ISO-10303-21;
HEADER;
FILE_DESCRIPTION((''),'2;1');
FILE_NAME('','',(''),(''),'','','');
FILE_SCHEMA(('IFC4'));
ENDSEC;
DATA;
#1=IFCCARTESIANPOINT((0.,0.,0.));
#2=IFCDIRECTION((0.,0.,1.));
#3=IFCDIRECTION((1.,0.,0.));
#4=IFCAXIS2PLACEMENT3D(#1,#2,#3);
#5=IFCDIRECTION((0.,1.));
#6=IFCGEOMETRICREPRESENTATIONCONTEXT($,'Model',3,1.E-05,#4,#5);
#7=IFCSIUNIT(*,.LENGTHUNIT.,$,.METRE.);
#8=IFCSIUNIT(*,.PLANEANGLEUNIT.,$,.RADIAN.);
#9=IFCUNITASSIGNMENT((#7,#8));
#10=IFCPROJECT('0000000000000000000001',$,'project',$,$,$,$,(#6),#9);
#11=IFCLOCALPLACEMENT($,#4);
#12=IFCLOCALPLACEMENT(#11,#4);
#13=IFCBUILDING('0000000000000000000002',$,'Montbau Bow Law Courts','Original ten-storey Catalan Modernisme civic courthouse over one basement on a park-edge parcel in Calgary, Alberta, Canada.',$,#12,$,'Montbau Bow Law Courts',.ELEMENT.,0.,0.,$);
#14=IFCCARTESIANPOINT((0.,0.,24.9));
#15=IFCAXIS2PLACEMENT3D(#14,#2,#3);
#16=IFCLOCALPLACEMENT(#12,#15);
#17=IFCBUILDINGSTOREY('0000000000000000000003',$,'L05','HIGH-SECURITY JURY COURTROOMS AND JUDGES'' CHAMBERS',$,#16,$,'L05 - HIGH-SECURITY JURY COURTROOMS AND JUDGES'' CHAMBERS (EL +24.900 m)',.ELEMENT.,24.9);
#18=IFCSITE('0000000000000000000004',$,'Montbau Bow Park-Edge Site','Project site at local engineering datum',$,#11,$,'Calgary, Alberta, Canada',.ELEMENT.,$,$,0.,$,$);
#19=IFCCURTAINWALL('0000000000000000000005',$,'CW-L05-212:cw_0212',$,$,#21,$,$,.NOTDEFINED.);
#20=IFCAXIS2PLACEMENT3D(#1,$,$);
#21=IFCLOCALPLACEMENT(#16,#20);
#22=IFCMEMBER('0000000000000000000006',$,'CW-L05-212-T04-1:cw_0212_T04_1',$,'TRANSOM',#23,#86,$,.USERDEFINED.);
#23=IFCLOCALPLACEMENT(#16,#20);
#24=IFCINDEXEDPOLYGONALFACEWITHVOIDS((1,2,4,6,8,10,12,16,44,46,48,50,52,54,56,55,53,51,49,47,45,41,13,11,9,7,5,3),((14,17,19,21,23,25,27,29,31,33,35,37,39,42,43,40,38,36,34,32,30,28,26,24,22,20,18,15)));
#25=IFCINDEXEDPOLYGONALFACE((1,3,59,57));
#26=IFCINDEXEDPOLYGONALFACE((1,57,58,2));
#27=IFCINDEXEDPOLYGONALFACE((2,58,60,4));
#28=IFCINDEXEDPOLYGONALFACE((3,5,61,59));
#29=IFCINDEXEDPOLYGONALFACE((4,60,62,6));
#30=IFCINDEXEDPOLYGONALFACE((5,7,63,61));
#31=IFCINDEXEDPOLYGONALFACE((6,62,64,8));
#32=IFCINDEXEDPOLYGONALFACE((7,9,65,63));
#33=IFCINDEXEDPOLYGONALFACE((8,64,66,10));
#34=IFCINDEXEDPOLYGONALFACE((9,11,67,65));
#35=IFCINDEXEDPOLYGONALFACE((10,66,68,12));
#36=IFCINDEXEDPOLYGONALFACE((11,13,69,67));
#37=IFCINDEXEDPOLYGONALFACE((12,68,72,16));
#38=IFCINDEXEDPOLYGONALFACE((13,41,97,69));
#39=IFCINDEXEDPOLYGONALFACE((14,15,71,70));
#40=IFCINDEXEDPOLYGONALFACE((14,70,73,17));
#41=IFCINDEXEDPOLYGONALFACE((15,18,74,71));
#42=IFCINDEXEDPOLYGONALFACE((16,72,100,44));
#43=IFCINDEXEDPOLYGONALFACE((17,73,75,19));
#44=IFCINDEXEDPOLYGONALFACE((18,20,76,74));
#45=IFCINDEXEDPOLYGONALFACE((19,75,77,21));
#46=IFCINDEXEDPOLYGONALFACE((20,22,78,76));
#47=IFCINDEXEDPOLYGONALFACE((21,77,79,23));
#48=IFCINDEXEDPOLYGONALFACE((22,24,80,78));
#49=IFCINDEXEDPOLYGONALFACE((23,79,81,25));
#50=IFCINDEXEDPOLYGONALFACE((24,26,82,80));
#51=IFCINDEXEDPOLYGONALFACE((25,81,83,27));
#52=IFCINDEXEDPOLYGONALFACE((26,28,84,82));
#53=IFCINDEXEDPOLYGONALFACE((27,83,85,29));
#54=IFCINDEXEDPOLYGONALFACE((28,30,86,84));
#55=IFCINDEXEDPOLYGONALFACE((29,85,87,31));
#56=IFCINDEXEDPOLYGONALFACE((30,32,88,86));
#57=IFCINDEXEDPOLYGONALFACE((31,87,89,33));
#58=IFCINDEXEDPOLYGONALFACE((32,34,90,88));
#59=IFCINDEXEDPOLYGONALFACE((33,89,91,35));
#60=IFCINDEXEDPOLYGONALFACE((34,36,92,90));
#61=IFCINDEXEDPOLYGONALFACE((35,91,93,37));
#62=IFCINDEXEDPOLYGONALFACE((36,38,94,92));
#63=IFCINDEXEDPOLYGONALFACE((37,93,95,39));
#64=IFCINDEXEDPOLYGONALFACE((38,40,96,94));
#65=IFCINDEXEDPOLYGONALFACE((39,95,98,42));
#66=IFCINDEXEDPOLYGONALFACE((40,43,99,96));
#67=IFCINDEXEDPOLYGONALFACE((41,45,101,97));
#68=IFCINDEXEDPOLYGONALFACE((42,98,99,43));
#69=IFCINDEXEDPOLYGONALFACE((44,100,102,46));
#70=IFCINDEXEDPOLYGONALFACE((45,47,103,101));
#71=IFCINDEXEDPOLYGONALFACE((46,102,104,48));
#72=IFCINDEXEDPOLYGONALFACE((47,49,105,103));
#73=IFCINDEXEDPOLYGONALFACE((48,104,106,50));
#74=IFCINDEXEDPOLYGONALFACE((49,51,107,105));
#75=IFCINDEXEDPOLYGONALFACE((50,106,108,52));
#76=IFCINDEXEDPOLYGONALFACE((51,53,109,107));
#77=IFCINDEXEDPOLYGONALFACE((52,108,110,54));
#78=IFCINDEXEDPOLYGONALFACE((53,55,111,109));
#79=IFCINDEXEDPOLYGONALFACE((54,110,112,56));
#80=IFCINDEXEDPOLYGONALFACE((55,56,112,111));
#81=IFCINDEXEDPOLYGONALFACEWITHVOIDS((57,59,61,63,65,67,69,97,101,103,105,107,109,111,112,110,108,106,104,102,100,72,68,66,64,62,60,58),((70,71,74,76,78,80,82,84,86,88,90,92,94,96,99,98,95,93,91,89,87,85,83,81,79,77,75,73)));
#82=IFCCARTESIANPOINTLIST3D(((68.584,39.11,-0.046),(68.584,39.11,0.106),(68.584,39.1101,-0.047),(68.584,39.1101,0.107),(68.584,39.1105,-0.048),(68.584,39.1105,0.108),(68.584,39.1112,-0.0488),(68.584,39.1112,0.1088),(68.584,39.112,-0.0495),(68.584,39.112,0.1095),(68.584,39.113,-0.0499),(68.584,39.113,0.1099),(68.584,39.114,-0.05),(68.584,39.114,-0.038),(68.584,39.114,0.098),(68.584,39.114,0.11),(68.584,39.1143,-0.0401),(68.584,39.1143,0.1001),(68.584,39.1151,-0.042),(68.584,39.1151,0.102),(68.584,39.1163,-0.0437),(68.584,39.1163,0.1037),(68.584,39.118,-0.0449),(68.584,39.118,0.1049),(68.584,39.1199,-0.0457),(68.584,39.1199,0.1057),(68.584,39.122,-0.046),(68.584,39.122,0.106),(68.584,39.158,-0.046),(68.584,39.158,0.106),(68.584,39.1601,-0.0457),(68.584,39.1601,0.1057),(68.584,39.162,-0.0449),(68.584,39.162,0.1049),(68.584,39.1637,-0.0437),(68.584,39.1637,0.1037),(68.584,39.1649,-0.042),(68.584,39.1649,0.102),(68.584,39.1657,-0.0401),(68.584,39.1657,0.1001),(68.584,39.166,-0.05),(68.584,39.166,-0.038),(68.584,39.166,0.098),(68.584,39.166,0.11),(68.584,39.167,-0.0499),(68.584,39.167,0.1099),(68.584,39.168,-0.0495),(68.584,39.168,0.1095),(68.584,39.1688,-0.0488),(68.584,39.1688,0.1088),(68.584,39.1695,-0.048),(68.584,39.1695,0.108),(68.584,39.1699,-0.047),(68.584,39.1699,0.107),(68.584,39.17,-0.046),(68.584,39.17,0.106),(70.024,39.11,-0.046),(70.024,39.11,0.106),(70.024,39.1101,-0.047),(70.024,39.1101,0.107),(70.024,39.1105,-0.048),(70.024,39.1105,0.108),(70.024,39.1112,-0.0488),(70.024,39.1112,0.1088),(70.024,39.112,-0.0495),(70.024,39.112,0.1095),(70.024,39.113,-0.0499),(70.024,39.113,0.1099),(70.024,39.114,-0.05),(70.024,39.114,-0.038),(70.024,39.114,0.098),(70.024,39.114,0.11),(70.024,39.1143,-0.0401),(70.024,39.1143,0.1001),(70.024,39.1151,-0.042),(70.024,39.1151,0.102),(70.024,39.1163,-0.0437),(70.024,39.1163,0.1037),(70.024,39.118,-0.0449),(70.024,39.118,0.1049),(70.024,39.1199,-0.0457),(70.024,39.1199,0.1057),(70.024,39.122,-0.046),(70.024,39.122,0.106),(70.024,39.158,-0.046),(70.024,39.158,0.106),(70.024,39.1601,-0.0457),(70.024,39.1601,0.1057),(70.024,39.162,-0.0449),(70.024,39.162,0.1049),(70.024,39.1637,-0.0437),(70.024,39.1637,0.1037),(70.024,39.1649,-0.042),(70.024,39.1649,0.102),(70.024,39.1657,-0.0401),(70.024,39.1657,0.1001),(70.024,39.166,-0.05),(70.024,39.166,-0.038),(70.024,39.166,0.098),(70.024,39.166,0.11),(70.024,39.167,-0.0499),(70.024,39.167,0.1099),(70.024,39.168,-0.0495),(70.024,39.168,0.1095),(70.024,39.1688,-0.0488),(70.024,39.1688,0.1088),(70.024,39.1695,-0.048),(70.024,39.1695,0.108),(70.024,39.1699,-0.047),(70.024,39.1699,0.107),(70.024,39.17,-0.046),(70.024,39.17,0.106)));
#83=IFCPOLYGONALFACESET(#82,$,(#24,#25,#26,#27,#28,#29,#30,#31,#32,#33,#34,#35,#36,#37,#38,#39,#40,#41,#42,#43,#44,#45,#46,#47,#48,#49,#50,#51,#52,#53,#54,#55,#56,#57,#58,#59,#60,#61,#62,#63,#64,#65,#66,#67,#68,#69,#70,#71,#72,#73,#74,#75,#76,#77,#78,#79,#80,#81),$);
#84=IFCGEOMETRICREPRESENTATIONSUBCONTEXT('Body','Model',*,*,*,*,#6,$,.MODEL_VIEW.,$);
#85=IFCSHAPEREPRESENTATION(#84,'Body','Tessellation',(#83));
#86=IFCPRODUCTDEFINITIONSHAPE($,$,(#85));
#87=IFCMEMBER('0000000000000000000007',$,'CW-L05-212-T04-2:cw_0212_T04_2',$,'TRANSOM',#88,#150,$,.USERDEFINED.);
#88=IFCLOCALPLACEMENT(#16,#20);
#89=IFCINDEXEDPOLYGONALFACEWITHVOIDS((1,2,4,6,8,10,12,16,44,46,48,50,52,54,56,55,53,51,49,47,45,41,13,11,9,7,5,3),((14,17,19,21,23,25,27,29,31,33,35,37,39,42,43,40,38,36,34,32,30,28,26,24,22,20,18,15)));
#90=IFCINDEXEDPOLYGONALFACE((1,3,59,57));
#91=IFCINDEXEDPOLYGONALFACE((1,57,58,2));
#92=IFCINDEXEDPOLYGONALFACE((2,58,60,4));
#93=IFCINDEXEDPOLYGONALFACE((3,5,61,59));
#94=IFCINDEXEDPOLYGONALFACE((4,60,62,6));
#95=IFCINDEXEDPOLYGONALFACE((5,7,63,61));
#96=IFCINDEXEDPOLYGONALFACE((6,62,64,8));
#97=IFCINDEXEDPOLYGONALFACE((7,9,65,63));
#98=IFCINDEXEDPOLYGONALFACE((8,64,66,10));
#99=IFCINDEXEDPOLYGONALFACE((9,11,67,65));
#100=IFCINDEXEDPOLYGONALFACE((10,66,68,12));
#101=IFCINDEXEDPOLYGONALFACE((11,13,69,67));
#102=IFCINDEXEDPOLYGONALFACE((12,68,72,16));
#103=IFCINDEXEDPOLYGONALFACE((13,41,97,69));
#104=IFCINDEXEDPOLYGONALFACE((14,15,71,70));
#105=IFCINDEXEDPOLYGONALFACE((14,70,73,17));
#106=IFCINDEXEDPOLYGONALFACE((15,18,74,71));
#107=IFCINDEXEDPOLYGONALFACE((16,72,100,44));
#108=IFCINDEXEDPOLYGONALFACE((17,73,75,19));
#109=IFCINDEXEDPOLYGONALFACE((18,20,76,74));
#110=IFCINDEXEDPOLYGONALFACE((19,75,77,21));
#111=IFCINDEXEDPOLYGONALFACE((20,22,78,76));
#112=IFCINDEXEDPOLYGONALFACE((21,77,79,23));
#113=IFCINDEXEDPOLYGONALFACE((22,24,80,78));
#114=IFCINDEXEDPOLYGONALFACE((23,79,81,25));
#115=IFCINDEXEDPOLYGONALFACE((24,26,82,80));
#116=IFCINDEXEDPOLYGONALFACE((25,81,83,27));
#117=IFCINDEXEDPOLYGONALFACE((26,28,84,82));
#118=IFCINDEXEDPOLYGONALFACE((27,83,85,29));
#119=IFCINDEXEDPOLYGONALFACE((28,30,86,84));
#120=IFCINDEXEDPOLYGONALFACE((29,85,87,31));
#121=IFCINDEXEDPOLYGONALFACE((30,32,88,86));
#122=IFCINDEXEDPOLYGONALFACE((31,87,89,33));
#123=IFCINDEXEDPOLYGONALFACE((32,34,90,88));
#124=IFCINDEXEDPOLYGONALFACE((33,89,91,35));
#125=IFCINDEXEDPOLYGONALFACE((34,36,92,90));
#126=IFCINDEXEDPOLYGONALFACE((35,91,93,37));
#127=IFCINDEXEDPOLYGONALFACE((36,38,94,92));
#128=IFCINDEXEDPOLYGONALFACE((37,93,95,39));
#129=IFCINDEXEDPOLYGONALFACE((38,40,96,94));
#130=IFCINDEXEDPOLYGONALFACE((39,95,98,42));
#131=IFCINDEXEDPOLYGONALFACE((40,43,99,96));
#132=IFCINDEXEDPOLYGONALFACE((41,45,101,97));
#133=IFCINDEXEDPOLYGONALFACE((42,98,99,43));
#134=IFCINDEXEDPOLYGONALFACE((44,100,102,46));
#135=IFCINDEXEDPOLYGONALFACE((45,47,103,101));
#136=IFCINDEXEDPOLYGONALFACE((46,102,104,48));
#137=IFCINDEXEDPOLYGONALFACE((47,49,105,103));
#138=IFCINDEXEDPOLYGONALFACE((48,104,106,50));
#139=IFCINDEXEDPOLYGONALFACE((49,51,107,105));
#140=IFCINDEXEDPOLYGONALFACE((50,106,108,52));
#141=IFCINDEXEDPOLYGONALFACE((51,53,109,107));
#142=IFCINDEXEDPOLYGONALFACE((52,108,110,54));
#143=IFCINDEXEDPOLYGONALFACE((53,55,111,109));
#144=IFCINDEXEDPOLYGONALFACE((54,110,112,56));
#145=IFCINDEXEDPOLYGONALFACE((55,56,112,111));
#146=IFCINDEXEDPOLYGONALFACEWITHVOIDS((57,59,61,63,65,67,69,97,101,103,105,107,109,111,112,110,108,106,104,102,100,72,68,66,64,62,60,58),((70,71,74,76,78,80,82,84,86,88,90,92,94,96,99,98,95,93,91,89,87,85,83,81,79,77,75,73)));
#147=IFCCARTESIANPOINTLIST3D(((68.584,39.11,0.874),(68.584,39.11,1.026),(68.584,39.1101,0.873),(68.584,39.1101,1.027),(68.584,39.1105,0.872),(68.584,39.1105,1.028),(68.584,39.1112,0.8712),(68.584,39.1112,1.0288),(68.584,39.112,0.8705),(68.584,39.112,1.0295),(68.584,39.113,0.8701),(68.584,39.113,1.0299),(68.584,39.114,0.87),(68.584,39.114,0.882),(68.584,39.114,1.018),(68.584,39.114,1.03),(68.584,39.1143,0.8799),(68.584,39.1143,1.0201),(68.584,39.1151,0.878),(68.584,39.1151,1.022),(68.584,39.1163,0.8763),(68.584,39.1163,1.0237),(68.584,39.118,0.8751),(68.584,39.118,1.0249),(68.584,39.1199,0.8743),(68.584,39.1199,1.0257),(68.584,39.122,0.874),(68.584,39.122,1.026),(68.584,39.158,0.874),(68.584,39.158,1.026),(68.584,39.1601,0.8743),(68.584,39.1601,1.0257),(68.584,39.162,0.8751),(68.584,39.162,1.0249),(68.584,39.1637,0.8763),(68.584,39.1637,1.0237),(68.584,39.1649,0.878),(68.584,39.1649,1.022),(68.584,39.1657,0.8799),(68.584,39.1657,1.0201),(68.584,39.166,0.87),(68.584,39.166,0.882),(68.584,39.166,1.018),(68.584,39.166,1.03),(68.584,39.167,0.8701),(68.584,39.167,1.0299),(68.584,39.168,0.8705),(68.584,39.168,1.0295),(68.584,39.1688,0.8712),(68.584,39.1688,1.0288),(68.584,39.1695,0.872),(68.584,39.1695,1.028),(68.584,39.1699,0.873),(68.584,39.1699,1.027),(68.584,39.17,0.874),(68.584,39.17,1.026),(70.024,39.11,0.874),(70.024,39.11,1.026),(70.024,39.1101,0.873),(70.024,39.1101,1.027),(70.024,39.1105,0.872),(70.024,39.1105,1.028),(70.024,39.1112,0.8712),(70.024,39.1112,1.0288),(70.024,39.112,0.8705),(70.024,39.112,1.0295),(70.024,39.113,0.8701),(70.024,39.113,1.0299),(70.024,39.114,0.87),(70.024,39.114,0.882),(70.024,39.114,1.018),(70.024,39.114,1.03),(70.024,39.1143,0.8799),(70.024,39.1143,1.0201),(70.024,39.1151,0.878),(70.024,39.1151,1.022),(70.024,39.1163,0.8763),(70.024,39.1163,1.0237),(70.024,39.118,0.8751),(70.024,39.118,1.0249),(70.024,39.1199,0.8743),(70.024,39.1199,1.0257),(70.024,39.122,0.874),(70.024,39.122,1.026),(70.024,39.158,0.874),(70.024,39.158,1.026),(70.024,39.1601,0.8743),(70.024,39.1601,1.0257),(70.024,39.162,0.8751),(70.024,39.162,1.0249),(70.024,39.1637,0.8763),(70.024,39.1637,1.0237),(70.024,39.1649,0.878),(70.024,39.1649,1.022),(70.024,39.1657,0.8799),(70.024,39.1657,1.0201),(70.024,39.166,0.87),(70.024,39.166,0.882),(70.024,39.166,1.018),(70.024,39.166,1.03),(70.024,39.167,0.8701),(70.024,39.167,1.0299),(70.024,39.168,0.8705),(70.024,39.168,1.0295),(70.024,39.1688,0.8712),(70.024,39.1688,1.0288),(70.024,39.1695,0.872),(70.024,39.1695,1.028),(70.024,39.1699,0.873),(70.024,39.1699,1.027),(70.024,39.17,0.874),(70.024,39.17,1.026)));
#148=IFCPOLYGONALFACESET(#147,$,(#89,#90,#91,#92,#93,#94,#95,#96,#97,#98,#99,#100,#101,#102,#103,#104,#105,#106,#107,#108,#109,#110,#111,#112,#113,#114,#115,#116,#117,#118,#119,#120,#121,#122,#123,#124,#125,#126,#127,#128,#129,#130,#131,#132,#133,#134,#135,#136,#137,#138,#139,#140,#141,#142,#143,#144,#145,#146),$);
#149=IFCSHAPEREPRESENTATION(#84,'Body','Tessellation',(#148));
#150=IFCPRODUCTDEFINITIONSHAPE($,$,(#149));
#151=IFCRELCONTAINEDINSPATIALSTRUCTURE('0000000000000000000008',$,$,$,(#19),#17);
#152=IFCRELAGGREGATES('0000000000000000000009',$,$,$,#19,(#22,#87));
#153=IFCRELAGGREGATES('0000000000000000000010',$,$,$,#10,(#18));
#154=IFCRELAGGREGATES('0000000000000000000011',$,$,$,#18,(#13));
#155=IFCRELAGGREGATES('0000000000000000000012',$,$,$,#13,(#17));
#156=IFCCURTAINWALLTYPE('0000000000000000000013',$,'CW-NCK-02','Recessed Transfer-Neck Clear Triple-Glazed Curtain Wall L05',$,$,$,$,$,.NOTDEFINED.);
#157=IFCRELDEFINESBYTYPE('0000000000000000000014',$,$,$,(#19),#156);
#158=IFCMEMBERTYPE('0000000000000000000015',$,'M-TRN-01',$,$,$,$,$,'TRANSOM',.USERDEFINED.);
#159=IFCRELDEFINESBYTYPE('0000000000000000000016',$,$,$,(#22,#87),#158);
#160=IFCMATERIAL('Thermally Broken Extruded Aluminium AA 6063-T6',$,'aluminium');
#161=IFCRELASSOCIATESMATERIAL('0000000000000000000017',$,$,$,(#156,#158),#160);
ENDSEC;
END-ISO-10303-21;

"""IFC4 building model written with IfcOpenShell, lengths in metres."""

from ifc_helpers import new_model, si_unit, direction, frame, origin_with_axes, origin_2d_with_axis, place, context, subcontext, project, spatial, hollow_rectangle, extrude, material, material_profile, profile_set, type_object, element, aggregate, save


model = new_model("IFC4")

# Units and contexts
model_context = context("Model", 3, precision=1e-05, world=origin_with_axes(), true_north=direction((0.0, 1.0)))
body_context = subcontext(model_context, "Body", "Model", "MODEL_VIEW")
ifc_project = project(units=[si_unit("LENGTHUNIT", "METRE"), si_unit("PLANEANGLEUNIT", "RADIAN")], contexts=[model_context])

# Site, building, storey
site_placement = place(None, origin_with_axes())
site = spatial("IfcSite", under=ifc_project, at=site_placement, Name="Montbau Bow Park-Edge Site", Description="Project site at local engineering datum", LongName="Calgary, Alberta, Canada", CompositionType="ELEMENT", RefElevation=0.0)
building_placement = place(site_placement, origin_with_axes())
building = spatial("IfcBuilding", under=site, at=building_placement, Name="Montbau Bow Law Courts", Description="Original ten-storey Catalan Modernisme civic courthouse over one basement on a park-edge parcel in Calgary, Alberta, Canada.", LongName="Montbau Bow Law Courts", CompositionType="ELEMENT", ElevationOfRefHeight=0.0, ElevationOfTerrain=0.0)
storey_placement = place(building_placement, frame((0.0, 0.0, 24.9), z_axis=(0.0, 0.0, 1.0), x_axis=(1.0, 0.0, 0.0)))
storey = spatial("IfcBuildingStorey", under=building, at=storey_placement, Name="L05", Description="HIGH-SECURITY JURY COURTROOMS AND JUDGES' CHAMBERS", LongName="L05 - HIGH-SECURITY JURY COURTROOMS AND JUDGES' CHAMBERS (EL +24.900 m)", CompositionType="ELEMENT", Elevation=24.9)

# Curtain wall, members
ifc_material_1 = material(Name="Thermally Broken Extruded Aluminium AA 6063-T6", Category="aluminium")
curtain_wall_type = type_object("IfcCurtainWallType", Name="CW-NCK-02", Description="Recessed Transfer-Neck Clear Triple-Glazed Curtain Wall L05", PredefinedType="NOTDEFINED", material=ifc_material_1)
curtain_wall_placement = place(None, frame((64.04, 39.14, 24.9), z_axis=(0.0, 0.0, 1.0), x_axis=(1.0, 0.0, 0.0)))
curtain_wall = element("IfcCurtainWall", 1, at=curtain_wall_placement, inside=storey, type_object=curtain_wall_type, Name="CW-L05-212:cw_0212", PredefinedType="NOTDEFINED")
ifc_material_profile_1 = material_profile(ifc_material_1, hollow_rectangle(XDim=0.06, YDim=0.16, WallThickness=0.004, InnerFilletRadius=0.008, OuterFilletRadius=0.004, at=origin_2d_with_axis()), Name="CWT-160X60", Category="Main", Priority=0)
ifc_profile_set_1 = profile_set([ifc_material_profile_1], Name="Thermally Broken Extruded Aluminium AA 6063-T6")
member_type_1 = type_object("IfcMemberType", Name="M-TRN-01", ElementType="TRANSOM", PredefinedType="USERDEFINED", material=ifc_profile_set_1)
member_1_placement = place(None, frame((68.584, 39.14, 24.93), z_axis=(1.0, 0.0, 0.0), x_axis=(0.0, 1.0, 0.0)))
member_1 = element("IfcMember", 2, at=member_1_placement, type_object=member_type_1, Name="CW-L05-212-T04-1:cw_0212_T04_1", ObjectType="TRANSOM", PredefinedType="USERDEFINED", context=body_context, shape_type="SweptSolid", body=[
    extrude(hollow_rectangle(XDim=0.06, YDim=0.16, WallThickness=0.004, InnerFilletRadius=0.008, OuterFilletRadius=0.004, at=origin_2d_with_axis()), origin_with_axes(), (0.0, 0.0, 1.0), 1.44),
])
member_2_placement = place(None, frame((68.584, 39.14, 25.85), z_axis=(1.0, 0.0, 0.0), x_axis=(0.0, 1.0, 0.0)))
member_2 = element("IfcMember", 3, at=member_2_placement, type_object=member_type_1, Name="CW-L05-212-T04-2:cw_0212_T04_2", ObjectType="TRANSOM", PredefinedType="USERDEFINED", context=body_context, shape_type="SweptSolid", body=[
    extrude(hollow_rectangle(XDim=0.06, YDim=0.16, WallThickness=0.004, InnerFilletRadius=0.008, OuterFilletRadius=0.004, at=origin_2d_with_axis()), origin_with_axes(), (0.0, 0.0, 1.0), 1.44),
])
aggregate(curtain_wall, [member_1, member_2])

save(model, "model.ifc")
